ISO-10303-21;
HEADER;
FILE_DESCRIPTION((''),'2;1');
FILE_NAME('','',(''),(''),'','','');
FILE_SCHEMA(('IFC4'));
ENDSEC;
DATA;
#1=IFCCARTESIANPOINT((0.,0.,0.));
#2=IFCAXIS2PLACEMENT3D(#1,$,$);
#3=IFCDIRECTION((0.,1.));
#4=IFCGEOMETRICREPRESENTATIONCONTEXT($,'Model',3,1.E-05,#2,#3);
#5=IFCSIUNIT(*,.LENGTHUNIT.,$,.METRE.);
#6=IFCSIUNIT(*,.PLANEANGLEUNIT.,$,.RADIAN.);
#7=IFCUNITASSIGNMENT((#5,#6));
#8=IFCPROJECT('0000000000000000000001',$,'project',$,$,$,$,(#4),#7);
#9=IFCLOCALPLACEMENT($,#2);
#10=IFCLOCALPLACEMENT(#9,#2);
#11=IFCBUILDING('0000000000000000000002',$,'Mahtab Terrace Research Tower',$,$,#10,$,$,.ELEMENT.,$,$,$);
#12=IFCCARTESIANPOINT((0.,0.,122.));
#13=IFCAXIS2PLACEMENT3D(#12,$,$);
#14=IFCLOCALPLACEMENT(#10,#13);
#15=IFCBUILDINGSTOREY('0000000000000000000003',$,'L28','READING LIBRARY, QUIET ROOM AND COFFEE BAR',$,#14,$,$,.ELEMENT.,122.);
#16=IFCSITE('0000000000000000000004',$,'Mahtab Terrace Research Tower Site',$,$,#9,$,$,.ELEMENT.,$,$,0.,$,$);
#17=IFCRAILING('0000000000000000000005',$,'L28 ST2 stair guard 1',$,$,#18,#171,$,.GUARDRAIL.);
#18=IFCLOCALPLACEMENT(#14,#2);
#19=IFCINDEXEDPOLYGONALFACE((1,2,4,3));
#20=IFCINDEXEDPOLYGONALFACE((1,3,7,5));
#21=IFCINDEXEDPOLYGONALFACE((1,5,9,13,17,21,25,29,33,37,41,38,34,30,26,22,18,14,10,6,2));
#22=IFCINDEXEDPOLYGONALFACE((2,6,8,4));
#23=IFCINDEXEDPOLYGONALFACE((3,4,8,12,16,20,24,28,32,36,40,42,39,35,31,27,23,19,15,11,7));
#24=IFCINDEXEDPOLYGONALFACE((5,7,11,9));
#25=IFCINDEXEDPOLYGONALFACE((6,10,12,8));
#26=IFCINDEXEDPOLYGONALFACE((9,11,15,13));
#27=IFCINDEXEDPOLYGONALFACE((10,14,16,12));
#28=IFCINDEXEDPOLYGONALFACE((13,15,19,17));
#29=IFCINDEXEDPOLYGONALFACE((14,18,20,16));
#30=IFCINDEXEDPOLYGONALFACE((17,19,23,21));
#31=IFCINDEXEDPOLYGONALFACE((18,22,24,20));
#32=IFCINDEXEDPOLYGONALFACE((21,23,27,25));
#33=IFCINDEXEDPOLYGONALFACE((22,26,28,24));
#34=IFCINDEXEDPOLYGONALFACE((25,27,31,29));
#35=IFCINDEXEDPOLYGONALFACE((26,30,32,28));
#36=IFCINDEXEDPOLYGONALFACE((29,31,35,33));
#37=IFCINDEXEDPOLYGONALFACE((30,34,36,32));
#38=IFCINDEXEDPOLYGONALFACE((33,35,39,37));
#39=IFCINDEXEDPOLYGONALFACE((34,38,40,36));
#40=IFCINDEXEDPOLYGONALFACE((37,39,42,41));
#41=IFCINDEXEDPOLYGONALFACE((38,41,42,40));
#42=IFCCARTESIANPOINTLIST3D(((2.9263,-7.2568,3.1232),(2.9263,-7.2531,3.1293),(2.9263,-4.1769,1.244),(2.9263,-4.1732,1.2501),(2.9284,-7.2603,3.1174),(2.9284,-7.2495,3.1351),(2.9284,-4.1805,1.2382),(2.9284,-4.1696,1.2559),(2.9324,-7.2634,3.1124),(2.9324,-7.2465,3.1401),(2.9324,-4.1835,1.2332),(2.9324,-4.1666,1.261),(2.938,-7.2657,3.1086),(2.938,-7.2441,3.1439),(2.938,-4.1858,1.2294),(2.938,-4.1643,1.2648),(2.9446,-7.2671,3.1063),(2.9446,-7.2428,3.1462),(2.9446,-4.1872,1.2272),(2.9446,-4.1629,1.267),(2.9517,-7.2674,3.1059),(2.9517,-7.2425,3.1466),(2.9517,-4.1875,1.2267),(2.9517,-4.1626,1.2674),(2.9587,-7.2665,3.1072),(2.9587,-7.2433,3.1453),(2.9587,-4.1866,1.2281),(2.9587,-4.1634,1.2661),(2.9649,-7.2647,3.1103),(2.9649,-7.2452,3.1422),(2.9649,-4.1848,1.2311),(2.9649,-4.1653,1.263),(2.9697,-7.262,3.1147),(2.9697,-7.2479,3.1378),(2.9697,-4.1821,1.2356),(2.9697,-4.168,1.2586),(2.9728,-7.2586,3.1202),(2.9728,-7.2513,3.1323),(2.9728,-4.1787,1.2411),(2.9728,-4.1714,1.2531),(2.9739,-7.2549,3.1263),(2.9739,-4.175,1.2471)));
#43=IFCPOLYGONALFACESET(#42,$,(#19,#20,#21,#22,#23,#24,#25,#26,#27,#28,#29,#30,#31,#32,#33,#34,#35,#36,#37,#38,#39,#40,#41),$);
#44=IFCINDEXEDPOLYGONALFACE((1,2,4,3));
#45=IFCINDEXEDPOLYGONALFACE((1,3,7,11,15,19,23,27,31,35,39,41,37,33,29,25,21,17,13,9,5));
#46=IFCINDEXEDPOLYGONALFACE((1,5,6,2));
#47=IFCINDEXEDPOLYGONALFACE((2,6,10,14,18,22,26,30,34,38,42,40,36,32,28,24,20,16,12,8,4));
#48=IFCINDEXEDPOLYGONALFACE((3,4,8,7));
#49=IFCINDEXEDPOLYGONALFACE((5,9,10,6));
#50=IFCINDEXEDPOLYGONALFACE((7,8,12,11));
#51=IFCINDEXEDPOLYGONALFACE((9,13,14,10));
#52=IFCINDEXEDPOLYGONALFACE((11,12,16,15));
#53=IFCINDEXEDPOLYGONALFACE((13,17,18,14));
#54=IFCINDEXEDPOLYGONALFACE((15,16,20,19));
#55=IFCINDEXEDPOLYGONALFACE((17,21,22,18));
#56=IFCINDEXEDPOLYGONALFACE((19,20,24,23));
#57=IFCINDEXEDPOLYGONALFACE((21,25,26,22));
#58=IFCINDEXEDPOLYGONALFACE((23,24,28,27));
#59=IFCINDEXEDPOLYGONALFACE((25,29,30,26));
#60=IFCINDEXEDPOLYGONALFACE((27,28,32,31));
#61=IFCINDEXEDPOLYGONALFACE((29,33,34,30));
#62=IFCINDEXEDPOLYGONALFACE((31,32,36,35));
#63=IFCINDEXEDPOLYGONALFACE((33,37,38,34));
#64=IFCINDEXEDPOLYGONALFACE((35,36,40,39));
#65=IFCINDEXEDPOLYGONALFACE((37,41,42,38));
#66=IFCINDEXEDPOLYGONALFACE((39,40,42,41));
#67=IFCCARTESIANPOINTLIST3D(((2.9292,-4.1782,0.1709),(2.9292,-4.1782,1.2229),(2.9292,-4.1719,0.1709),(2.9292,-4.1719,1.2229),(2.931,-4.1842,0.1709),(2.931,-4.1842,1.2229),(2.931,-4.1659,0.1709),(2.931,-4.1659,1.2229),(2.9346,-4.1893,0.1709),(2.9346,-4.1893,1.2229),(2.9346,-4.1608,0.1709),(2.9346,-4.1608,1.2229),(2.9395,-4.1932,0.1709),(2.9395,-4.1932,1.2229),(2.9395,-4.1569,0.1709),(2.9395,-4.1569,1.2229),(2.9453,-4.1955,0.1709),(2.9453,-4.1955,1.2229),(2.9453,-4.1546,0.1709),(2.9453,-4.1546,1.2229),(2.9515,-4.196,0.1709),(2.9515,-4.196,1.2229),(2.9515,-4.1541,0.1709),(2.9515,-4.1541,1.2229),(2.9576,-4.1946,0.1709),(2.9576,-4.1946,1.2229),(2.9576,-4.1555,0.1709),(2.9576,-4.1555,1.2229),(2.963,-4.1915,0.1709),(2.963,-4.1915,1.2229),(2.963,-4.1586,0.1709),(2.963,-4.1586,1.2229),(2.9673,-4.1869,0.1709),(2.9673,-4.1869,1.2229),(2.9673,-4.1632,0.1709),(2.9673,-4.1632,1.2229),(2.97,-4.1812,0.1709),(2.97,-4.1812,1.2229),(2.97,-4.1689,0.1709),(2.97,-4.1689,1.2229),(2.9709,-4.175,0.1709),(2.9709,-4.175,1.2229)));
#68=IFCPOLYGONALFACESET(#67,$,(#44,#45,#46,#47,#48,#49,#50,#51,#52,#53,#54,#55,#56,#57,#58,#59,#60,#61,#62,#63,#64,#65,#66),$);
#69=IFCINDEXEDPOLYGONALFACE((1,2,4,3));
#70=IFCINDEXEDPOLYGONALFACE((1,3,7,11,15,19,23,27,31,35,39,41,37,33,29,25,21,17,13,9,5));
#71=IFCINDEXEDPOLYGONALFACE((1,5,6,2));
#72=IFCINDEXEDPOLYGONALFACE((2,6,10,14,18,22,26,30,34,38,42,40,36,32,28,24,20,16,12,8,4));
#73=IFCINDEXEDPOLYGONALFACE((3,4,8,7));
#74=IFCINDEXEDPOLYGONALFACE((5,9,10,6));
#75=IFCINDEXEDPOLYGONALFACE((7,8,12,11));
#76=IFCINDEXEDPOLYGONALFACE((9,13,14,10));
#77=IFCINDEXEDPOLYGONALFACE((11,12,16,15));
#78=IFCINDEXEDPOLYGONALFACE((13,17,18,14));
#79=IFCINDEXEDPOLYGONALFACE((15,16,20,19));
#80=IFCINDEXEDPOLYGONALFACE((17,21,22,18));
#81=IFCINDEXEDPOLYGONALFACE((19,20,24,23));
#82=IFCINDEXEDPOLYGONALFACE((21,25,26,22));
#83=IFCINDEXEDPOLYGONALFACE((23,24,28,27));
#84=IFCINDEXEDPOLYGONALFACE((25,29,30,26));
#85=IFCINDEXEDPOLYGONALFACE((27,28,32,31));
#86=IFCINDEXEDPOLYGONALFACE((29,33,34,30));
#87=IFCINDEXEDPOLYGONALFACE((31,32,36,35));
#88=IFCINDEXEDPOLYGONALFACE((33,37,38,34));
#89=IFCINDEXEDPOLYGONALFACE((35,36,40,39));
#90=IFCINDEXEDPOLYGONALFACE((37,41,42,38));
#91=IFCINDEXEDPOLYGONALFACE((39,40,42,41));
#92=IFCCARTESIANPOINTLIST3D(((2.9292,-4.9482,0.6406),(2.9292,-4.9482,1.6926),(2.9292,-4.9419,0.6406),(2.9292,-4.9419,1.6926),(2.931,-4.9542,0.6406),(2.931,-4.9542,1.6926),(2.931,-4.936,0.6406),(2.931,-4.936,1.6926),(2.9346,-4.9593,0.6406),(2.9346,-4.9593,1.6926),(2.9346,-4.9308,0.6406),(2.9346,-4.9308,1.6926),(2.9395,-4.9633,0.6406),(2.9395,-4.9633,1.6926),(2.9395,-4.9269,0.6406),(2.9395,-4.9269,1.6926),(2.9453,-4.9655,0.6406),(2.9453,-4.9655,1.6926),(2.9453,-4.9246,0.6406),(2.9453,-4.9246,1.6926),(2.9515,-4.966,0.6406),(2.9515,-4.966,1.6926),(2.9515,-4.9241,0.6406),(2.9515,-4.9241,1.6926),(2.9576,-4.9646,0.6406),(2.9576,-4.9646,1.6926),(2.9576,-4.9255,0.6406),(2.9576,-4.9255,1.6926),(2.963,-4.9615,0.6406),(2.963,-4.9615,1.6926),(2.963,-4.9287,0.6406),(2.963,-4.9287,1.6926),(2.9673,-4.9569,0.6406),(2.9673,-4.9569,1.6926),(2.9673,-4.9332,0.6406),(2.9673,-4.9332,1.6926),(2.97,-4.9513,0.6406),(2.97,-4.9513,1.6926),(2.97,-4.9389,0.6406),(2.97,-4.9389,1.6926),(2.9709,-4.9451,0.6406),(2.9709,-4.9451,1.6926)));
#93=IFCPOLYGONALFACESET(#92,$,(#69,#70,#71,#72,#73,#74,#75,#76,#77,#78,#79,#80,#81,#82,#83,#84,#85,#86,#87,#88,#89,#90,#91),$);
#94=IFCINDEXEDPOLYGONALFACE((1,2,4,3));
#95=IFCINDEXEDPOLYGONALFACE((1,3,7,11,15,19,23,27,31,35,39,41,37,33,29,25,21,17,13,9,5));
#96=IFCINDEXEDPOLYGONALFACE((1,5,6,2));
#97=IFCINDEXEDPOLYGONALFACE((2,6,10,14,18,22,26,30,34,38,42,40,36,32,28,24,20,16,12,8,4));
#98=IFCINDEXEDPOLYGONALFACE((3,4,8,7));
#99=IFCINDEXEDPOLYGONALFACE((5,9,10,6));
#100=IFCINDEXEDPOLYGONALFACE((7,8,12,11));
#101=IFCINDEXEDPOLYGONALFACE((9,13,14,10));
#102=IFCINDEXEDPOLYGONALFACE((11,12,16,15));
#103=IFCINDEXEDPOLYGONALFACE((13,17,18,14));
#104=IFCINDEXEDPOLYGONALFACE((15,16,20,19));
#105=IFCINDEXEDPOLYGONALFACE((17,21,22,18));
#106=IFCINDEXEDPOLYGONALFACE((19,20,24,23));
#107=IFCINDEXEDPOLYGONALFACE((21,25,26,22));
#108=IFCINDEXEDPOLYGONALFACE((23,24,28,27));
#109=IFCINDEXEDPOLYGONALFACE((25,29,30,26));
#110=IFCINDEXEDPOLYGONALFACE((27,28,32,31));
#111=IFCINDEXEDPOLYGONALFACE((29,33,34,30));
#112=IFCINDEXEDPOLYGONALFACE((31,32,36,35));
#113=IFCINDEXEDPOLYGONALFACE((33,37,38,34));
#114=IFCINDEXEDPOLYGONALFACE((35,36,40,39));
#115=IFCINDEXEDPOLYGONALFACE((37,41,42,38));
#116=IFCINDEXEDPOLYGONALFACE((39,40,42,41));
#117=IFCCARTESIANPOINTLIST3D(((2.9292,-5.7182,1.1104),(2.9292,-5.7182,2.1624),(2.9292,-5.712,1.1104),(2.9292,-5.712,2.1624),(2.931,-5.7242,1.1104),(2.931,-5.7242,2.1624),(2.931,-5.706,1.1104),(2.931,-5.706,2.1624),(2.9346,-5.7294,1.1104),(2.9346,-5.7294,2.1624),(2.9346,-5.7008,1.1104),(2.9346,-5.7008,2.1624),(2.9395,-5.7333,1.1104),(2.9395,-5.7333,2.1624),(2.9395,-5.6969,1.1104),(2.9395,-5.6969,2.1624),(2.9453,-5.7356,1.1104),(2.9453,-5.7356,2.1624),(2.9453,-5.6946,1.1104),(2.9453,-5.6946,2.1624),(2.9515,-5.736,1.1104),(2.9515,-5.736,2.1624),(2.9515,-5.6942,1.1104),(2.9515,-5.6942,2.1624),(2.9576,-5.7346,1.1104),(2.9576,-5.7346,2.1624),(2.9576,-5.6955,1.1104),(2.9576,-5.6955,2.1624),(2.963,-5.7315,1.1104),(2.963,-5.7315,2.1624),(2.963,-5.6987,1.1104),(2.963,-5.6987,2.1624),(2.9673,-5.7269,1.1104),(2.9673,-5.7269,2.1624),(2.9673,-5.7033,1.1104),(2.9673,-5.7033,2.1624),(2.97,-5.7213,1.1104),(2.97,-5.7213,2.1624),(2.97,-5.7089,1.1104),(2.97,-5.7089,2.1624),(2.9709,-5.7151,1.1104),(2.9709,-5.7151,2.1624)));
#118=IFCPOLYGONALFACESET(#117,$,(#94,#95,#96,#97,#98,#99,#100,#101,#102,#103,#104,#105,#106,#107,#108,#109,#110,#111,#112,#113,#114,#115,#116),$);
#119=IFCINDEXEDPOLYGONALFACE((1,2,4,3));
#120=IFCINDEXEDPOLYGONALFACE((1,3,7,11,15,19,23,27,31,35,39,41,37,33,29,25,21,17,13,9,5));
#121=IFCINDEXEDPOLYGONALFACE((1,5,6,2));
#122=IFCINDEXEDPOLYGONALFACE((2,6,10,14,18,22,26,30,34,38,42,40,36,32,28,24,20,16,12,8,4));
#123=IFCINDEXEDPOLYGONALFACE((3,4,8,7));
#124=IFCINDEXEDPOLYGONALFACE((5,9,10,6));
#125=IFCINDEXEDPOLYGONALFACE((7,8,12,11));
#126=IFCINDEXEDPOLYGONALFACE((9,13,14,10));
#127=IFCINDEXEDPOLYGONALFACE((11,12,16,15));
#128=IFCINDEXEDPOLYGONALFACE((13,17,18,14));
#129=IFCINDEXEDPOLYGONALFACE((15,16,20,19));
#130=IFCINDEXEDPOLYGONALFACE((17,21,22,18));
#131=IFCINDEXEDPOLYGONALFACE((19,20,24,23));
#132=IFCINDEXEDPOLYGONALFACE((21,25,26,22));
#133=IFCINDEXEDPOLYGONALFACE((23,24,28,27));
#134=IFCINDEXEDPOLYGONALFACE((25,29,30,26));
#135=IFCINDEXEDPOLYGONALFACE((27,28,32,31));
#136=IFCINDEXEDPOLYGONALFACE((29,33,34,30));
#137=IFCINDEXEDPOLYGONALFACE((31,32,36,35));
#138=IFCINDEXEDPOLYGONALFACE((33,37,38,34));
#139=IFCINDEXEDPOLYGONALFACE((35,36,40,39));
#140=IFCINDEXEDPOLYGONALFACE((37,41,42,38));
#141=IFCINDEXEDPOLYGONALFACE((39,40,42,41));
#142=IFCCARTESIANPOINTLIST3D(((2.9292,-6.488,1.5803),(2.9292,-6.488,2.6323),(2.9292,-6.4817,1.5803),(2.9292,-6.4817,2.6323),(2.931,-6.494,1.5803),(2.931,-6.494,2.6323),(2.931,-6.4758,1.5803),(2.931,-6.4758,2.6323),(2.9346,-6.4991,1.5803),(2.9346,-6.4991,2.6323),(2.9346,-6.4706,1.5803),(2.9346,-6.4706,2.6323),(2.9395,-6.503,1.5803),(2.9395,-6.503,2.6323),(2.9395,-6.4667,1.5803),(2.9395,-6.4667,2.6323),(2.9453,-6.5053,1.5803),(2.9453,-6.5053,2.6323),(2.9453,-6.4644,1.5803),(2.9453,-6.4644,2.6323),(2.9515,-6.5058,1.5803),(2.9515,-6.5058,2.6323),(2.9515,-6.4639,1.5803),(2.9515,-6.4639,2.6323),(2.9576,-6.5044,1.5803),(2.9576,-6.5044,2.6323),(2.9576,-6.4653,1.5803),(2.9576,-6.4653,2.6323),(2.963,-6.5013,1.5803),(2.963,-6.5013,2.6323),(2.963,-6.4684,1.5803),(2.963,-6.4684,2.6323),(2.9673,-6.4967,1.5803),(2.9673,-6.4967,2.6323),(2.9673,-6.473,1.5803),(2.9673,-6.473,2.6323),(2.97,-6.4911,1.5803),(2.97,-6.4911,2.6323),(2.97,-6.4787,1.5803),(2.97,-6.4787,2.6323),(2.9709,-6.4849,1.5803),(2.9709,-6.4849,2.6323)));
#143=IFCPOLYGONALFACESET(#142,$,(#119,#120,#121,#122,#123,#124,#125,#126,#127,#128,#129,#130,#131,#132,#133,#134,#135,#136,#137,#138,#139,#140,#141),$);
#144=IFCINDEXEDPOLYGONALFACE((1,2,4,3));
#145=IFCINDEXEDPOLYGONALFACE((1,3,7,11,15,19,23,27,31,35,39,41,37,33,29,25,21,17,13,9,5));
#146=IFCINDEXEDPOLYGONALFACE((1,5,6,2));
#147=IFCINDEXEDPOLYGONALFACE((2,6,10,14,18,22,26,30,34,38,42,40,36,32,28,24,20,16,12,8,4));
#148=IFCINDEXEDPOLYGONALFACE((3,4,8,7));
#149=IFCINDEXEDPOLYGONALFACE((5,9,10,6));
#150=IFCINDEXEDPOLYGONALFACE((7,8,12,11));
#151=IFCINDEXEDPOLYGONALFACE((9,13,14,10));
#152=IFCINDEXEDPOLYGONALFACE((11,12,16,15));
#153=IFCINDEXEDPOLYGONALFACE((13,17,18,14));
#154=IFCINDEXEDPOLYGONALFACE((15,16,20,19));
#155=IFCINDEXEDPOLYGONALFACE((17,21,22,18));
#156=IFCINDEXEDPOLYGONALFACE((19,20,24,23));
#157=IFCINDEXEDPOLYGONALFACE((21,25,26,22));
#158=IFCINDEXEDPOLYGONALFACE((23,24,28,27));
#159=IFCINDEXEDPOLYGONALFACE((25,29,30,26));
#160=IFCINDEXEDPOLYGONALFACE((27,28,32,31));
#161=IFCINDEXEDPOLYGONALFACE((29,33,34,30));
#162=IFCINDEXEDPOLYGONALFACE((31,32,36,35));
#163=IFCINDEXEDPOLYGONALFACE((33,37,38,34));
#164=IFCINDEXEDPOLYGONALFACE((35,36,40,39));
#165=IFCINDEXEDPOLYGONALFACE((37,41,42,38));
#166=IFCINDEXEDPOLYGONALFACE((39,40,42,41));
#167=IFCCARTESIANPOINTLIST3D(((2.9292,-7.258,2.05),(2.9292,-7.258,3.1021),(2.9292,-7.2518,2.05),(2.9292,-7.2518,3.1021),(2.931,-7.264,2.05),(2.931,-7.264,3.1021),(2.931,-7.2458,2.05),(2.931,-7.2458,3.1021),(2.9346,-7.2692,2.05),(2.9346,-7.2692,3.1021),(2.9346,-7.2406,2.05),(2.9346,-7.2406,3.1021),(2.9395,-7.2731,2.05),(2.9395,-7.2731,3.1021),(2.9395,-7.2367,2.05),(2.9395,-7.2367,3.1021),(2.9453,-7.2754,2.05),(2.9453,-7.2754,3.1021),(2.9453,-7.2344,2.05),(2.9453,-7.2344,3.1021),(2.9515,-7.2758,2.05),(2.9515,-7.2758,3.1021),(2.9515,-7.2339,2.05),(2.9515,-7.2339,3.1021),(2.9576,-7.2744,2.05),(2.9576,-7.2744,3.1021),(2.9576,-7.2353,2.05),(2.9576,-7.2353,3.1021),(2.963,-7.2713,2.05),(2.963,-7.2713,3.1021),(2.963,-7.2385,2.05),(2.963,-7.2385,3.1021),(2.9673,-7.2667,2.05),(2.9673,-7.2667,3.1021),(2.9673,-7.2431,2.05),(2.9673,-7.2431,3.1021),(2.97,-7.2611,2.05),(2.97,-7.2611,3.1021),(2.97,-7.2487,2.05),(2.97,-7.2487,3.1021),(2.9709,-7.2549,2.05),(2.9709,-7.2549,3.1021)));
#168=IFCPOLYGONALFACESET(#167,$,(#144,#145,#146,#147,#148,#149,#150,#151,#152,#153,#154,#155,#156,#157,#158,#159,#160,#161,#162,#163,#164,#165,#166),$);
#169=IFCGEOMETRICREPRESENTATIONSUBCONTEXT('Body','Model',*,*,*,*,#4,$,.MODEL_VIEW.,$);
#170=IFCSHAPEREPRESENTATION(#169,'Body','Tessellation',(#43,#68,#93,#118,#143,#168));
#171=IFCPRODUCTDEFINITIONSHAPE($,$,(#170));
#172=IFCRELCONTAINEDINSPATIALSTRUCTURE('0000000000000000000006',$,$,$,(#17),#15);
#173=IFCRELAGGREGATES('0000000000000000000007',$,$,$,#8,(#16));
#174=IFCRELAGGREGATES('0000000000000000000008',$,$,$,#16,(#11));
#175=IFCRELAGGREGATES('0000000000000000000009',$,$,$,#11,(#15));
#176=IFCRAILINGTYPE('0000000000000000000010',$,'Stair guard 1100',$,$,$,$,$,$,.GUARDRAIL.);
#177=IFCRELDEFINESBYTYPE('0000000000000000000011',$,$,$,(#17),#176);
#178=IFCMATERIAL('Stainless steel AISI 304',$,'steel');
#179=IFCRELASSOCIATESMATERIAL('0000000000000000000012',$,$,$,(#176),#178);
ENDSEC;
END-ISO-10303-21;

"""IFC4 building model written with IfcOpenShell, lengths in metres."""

from ifc_helpers import new_model, si_unit, direction, frame, origin, origin_2d, place, context, subcontext, project, spatial, circle, extrude, material, type_object, element, save


model = new_model("IFC4")

# Units and contexts
model_context = context("Model", 3, precision=1e-05, world=origin(), true_north=direction((0.0, 1.0)))
body_context = subcontext(model_context, "Body", "Model", "MODEL_VIEW")
ifc_project = project(units=[si_unit("LENGTHUNIT", "METRE"), si_unit("PLANEANGLEUNIT", "RADIAN")], contexts=[model_context])

# Site, building, storey
site_placement = place(None, origin())
site = spatial("IfcSite", under=ifc_project, at=site_placement, Name="Mahtab Terrace Research Tower Site", CompositionType="ELEMENT", RefElevation=0.0)
building_placement = place(site_placement, origin())
building = spatial("IfcBuilding", under=site, at=building_placement, Name="Mahtab Terrace Research Tower", CompositionType="ELEMENT")
storey_placement = place(building_placement, frame((0.0, 0.0, 122.0)))
storey = spatial("IfcBuildingStorey", under=building, at=storey_placement, Name="L28", Description="READING LIBRARY, QUIET ROOM AND COFFEE BAR", CompositionType="ELEMENT", Elevation=122.0)

# Railing
ifc_material_1 = material(Name="Stainless steel AISI 304", Category="steel")
railing_type_1 = type_object("IfcRailingType", Name="Stair guard 1100", PredefinedType="GUARDRAIL", material=ifc_material_1)
railing_1_placement = place(storey_placement, frame((2.95, -4.175, 0.1709)))
element("IfcRailing", 1, at=railing_1_placement, inside=storey, type_object=railing_type_1, Name="L28 ST2 stair guard 1", PredefinedType="GUARDRAIL", context=body_context, shape_type="SweptSolid", body=[
    extrude(circle(Radius=0.0239, at=origin_2d()), frame((0.0, 0.0, 1.0762), z_axis=(0.0, -0.853648, 0.52085), x_axis=(1.0, 0.0, 0.0)), (0.0, 0.0, 1.0), 3.6079),
    extrude(circle(Radius=0.021, at=origin_2d()), origin(), (0.0, 0.0, 1.0), 1.052),
    extrude(circle(Radius=0.021, at=origin_2d()), frame((0.0, -0.77, 0.4697)), (0.0, 0.0, 1.0), 1.052),
    extrude(circle(Radius=0.021, at=origin_2d()), frame((0.0, -1.54, 0.9395)), (0.0, 0.0, 1.0), 1.052),
    extrude(circle(Radius=0.021, at=origin_2d()), frame((0.0, -2.3098, 1.4094)), (0.0, 0.0, 1.0), 1.052),
    extrude(circle(Radius=0.021, at=origin_2d()), frame((0.0, -3.0798, 1.8792)), (0.0, 0.0, 1.0), 1.052),
])

save(model, "model.ifc")
